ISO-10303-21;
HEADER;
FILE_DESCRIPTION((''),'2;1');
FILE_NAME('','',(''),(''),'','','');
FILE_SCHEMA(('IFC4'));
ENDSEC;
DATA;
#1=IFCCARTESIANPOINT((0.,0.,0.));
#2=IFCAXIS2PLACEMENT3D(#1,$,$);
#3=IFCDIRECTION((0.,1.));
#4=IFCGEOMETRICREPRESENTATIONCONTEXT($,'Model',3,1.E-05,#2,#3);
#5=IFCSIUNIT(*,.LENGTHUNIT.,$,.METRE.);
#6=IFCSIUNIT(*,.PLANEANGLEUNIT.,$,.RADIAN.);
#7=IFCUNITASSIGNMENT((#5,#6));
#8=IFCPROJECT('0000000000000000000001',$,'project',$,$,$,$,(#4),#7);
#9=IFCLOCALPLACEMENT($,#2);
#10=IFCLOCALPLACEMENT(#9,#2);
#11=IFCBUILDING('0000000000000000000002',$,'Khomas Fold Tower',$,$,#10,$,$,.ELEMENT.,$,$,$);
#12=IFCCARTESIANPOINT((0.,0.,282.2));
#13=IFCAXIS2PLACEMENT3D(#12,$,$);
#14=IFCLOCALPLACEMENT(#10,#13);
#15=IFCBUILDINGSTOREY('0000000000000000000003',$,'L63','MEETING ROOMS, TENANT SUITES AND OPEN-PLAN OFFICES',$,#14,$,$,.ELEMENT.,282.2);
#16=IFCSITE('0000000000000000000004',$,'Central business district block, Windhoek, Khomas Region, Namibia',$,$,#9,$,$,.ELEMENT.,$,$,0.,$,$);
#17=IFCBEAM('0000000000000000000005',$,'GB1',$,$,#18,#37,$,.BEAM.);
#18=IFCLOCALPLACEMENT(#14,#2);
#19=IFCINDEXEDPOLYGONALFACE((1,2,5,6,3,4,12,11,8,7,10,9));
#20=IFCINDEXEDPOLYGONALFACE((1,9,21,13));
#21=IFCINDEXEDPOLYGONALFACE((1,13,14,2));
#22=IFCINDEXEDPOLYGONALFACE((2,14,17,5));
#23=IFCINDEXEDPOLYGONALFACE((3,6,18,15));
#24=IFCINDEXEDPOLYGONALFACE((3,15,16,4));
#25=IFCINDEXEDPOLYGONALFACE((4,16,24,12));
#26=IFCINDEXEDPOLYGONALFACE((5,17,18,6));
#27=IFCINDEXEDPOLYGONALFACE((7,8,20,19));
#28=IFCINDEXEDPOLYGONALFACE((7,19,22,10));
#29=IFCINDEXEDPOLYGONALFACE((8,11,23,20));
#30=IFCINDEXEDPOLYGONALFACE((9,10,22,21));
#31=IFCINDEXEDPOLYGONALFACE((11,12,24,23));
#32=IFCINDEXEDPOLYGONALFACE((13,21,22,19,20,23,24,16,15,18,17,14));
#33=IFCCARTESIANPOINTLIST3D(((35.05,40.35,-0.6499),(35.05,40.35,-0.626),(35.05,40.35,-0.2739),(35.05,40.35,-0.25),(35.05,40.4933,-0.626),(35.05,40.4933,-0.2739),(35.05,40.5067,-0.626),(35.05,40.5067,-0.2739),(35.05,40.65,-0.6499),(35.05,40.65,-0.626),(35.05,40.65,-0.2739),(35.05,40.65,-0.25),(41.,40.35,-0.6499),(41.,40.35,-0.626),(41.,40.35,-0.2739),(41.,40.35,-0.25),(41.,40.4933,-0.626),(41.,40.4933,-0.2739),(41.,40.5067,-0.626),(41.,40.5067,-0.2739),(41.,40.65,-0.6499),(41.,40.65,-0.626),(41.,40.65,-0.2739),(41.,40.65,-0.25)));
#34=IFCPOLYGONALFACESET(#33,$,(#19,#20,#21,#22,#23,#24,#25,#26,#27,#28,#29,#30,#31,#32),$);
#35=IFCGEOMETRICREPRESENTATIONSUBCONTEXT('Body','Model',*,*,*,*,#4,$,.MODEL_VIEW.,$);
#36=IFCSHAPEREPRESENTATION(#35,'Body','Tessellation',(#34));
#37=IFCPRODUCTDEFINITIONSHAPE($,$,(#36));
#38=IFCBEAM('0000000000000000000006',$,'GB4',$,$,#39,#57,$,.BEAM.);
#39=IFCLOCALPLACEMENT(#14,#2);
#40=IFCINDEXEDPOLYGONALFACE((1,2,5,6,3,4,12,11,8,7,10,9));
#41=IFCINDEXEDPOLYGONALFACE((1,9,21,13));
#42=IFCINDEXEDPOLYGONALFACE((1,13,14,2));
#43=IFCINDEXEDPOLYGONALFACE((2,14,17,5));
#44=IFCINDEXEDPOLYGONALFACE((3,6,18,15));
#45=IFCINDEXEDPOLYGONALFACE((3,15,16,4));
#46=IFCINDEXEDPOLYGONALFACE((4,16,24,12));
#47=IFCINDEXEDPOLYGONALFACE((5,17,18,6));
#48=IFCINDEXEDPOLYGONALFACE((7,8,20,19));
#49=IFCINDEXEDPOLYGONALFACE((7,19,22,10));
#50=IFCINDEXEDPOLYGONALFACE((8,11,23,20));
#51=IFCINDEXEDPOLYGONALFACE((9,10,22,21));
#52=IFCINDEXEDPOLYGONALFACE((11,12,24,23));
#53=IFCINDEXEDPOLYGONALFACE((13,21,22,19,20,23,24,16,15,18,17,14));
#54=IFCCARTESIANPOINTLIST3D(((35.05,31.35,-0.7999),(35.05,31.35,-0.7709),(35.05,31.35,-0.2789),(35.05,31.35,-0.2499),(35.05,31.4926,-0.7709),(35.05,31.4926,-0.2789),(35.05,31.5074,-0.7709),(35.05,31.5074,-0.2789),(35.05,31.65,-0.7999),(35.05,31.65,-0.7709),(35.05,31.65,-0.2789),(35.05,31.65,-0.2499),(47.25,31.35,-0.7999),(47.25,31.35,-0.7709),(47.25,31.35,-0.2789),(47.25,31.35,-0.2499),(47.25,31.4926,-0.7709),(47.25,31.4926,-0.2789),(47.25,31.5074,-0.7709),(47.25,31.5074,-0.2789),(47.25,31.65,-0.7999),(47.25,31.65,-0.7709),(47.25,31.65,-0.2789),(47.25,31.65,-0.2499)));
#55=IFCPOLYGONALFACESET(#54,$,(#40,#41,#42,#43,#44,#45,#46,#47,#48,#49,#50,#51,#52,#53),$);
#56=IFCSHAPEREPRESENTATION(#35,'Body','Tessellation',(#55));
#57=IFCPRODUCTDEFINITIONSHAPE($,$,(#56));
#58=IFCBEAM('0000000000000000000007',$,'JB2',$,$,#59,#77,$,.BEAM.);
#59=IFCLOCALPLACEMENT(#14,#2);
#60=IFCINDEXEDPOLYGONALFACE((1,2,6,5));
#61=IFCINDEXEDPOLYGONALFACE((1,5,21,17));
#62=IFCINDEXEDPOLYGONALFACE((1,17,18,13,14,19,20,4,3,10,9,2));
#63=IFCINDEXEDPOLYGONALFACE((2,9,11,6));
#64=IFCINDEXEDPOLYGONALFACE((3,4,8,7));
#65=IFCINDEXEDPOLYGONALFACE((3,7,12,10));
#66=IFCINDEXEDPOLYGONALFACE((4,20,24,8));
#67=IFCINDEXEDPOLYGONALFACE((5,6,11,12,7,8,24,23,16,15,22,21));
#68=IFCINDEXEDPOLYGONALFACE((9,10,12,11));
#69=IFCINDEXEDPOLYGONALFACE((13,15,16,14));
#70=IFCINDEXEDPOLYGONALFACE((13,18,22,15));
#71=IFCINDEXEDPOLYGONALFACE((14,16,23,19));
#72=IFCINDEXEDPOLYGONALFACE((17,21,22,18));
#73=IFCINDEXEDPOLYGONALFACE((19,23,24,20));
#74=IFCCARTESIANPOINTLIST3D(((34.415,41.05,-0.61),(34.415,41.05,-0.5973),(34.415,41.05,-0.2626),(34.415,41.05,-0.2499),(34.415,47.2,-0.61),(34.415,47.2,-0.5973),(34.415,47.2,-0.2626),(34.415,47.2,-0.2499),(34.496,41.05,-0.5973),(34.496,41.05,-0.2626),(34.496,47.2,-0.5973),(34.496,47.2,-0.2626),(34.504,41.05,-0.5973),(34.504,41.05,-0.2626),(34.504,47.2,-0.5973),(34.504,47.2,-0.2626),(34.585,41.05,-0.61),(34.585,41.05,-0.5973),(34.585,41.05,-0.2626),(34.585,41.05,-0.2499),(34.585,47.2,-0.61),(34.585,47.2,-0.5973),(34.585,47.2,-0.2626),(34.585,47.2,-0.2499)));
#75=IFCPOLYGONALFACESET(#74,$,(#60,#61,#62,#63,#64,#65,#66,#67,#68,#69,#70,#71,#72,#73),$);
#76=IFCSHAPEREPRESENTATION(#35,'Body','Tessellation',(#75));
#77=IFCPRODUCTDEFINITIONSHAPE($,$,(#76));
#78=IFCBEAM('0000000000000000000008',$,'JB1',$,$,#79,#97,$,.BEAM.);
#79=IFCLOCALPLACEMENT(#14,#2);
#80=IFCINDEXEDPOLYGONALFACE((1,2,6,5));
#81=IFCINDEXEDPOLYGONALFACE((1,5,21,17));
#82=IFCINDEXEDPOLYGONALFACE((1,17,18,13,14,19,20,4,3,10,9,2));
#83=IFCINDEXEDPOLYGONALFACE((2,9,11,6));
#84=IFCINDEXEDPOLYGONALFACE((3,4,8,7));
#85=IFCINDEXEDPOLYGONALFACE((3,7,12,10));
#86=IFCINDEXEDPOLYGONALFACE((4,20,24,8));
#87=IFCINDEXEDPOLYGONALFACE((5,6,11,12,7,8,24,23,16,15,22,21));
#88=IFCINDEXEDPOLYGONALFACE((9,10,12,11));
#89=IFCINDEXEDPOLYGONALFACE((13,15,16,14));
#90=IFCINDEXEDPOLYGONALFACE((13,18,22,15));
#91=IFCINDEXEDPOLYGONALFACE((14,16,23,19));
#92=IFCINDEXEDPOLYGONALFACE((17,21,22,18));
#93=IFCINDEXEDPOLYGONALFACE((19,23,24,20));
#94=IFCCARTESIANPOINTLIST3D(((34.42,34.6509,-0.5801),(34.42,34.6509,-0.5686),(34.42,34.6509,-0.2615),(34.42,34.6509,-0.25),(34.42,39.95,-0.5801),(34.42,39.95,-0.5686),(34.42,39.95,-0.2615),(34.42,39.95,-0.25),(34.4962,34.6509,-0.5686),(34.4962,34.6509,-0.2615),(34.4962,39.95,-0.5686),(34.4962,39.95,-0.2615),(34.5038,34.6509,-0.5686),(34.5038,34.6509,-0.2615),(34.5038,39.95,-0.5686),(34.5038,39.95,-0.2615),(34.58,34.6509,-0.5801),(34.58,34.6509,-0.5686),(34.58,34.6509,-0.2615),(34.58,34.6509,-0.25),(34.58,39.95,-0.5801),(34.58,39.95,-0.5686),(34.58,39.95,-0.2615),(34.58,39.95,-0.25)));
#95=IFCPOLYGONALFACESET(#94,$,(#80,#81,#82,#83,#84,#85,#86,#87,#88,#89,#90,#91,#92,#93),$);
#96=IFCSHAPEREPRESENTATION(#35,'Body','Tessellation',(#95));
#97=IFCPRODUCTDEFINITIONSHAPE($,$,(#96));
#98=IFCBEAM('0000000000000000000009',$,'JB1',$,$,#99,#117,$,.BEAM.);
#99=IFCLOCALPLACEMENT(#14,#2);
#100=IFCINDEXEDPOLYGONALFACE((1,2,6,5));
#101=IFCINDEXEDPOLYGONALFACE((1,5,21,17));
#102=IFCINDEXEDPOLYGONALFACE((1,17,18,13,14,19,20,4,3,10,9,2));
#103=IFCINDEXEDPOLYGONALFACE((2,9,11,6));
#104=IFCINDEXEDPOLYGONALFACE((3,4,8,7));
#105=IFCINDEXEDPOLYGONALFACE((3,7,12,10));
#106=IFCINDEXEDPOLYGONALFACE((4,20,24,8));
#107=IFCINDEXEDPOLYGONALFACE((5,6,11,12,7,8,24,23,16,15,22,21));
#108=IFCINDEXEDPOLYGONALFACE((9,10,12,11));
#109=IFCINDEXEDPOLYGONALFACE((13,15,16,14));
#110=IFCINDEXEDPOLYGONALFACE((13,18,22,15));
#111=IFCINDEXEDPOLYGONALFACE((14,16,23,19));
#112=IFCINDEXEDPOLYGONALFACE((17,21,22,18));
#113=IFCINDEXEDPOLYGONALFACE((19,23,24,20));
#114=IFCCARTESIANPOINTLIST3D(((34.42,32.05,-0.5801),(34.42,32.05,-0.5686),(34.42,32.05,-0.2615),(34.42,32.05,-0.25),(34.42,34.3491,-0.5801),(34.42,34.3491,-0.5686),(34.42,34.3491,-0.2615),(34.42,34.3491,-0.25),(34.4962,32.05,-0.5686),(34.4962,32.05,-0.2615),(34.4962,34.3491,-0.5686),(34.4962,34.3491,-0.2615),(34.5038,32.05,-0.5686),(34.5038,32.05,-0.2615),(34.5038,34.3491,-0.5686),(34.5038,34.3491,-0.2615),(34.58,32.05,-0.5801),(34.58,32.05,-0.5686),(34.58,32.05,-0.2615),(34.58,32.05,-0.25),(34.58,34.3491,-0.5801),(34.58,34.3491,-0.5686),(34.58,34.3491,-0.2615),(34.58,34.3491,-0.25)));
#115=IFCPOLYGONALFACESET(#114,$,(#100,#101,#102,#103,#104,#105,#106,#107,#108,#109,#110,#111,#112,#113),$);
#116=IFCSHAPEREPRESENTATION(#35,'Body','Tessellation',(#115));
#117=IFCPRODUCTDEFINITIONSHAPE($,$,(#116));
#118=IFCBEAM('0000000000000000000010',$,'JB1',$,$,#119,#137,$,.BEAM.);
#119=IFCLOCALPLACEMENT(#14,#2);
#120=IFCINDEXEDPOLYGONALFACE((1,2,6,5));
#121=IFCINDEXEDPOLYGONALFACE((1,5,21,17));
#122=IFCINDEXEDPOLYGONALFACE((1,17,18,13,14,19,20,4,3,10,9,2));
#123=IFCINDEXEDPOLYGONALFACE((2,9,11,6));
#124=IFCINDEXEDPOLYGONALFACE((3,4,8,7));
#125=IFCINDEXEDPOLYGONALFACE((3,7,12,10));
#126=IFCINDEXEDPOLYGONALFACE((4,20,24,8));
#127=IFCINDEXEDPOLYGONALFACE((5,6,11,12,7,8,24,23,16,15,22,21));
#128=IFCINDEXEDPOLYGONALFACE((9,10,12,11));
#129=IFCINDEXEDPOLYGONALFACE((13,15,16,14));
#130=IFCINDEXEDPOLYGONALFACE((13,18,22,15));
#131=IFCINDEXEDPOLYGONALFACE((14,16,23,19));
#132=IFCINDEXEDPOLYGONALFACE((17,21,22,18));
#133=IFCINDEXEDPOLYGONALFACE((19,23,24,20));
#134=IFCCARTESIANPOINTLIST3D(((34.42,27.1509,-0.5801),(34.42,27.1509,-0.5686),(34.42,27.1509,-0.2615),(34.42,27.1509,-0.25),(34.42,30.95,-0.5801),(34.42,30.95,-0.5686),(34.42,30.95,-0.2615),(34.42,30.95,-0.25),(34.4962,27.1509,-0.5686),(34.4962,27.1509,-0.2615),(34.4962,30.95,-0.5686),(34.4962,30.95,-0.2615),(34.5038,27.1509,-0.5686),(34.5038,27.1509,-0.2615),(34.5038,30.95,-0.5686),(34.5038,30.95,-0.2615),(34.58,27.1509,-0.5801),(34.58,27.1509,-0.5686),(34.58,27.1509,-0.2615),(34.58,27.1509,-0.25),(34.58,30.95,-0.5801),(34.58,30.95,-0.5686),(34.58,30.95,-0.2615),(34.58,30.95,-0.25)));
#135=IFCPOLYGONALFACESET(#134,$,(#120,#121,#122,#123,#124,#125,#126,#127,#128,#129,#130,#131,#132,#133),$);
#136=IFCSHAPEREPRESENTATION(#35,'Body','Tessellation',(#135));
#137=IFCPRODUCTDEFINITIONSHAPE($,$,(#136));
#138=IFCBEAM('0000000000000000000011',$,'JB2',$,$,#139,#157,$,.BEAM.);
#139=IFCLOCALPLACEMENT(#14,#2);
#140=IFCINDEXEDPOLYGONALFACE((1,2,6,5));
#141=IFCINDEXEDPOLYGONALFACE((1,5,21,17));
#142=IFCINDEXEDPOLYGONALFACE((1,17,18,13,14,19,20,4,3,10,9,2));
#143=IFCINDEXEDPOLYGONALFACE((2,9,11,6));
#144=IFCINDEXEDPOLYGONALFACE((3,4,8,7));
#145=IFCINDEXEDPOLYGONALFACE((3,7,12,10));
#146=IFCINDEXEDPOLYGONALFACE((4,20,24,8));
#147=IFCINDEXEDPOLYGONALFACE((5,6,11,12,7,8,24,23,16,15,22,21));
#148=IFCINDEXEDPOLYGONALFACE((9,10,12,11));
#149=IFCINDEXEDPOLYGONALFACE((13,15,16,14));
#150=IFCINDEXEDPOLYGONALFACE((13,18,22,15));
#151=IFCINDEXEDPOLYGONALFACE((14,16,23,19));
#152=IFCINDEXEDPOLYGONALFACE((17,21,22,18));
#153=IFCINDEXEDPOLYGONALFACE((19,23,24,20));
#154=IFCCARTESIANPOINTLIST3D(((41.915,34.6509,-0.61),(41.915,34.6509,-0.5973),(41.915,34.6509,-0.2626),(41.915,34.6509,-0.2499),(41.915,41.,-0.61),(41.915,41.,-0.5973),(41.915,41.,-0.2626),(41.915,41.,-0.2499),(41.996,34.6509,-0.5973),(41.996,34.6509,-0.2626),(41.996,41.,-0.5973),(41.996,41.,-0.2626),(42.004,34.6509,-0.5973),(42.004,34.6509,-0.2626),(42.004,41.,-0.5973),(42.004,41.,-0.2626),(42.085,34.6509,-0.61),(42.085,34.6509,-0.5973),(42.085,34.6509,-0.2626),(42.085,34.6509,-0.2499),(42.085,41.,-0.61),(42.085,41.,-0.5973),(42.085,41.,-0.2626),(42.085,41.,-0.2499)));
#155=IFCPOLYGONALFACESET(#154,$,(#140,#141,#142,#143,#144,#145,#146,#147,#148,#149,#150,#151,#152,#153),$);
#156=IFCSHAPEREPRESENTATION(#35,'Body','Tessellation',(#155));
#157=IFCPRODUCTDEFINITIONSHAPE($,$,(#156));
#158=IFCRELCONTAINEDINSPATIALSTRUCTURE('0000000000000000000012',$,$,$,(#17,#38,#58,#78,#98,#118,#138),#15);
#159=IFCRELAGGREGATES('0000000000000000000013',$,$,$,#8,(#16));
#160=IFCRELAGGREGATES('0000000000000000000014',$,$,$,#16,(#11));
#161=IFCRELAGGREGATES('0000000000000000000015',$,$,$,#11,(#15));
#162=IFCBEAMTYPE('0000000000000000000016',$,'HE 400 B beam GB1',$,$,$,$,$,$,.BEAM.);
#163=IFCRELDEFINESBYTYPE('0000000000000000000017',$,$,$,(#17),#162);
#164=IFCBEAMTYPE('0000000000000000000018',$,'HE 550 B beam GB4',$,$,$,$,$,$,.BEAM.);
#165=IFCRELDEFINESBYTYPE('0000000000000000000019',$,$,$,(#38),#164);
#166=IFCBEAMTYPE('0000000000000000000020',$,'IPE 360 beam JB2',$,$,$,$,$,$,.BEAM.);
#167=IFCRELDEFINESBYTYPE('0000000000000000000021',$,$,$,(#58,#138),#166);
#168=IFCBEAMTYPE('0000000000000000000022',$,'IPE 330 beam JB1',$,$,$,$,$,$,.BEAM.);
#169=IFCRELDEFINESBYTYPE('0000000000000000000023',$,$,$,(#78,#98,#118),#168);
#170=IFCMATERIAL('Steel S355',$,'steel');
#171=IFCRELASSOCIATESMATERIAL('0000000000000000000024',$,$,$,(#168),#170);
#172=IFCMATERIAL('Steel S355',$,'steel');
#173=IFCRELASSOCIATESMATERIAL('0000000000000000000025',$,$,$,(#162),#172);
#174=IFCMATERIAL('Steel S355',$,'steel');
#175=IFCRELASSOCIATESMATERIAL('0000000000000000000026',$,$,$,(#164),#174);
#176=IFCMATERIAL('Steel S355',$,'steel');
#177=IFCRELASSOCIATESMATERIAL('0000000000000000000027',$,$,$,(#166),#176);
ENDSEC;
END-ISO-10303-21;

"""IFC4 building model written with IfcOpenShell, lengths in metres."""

from ifc_helpers import new_model, si_unit, direction, frame, origin, origin_2d, place, context, subcontext, project, spatial, i_section, extrude, source, transform, mapped, material, material_profile, profile_set, type_object, element, save


model = new_model("IFC4")

# Units and contexts
model_context = context("Model", 3, precision=1e-05, world=origin(), true_north=direction((0.0, 1.0)))
body_context = subcontext(model_context, "Body", "Model", "MODEL_VIEW")
ifc_project = project(units=[si_unit("LENGTHUNIT", "METRE"), si_unit("PLANEANGLEUNIT", "RADIAN")], contexts=[model_context])

# Site, building, storey
site_placement = place(None, origin())
site = spatial("IfcSite", under=ifc_project, at=site_placement, Name="Central business district block, Windhoek, Khomas Region, Namibia", CompositionType="ELEMENT", RefElevation=0.0)
building_placement = place(site_placement, origin())
building = spatial("IfcBuilding", under=site, at=building_placement, Name="Khomas Fold Tower", CompositionType="ELEMENT")
storey_placement = place(building_placement, frame((0.0, 0.0, 282.2)))
storey = spatial("IfcBuildingStorey", under=building, at=storey_placement, Name="L63", Description="MEETING ROOMS, TENANT SUITES AND OPEN-PLAN OFFICES", CompositionType="ELEMENT", Elevation=282.2)

# Beams
ifc_material_1 = material(Name="Steel S355", Category="steel")
ifc_material_profile_1 = material_profile(ifc_material_1, i_section(OverallWidth=0.1599, OverallDepth=0.3301, WebThickness=0.0076, FlangeThickness=0.0115, at=origin_2d()), Name="IPE 330")
ifc_profile_set_1 = profile_set([ifc_material_profile_1], Name="Steel S355")
beam_type_1 = type_object("IfcBeamType", Name="IPE 330 beam JB1", PredefinedType="BEAM", material=ifc_profile_set_1)
ifc_material_2 = material(Name="Steel S355", Category="steel")
ifc_material_profile_2 = material_profile(ifc_material_2, i_section(OverallWidth=0.3, OverallDepth=0.3999, WebThickness=0.0134, FlangeThickness=0.0239, at=origin_2d()), Name="HE 400 B")
ifc_profile_set_2 = profile_set([ifc_material_profile_2], Name="Steel S355")
beam_type_2 = type_object("IfcBeamType", Name="HE 400 B beam GB1", PredefinedType="BEAM", material=ifc_profile_set_2)
shared_shape_1 = source(origin(), body_context, "Body", "SweptSolid", [
    extrude(i_section(OverallWidth=0.3, OverallDepth=0.3999, WebThickness=0.0134, FlangeThickness=0.0239, at=origin_2d()), origin(), (0.0, 0.0, 1.0), 5.95),
])
beam_1_placement = place(storey_placement, frame((35.05, 40.5, -0.45), z_axis=(1.0, 0.0, 0.0), x_axis=(0.0, 1.0, 0.0)))
element("IfcBeam", 1, at=beam_1_placement, inside=storey, type_object=beam_type_2, Name="GB1", PredefinedType="BEAM", context=body_context, shape_type="MappedRepresentation", body=[
    mapped(shared_shape_1, transform((0.0, 0.0, 0.0))),
])
ifc_material_3 = material(Name="Steel S355", Category="steel")
ifc_material_profile_3 = material_profile(ifc_material_3, i_section(OverallWidth=0.3, OverallDepth=0.55, WebThickness=0.0149, FlangeThickness=0.0291, at=origin_2d()), Name="HE 550 B")
ifc_profile_set_3 = profile_set([ifc_material_profile_3], Name="Steel S355")
beam_type_3 = type_object("IfcBeamType", Name="HE 550 B beam GB4", PredefinedType="BEAM", material=ifc_profile_set_3)
shared_shape_2 = source(origin(), body_context, "Body", "SweptSolid", [
    extrude(i_section(OverallWidth=0.3, OverallDepth=0.55, WebThickness=0.0149, FlangeThickness=0.0291, at=origin_2d()), origin(), (0.0, 0.0, 1.0), 12.2),
])
beam_2_placement = place(storey_placement, frame((35.05, 31.5, -0.5249), z_axis=(1.0, 0.0, 0.0), x_axis=(0.0, 1.0, 0.0)))
element("IfcBeam", 2, at=beam_2_placement, inside=storey, type_object=beam_type_3, Name="GB4", PredefinedType="BEAM", context=body_context, shape_type="MappedRepresentation", body=[
    mapped(shared_shape_2, transform((0.0, 0.0, 0.0))),
])
ifc_material_4 = material(Name="Steel S355", Category="steel")
ifc_material_profile_4 = material_profile(ifc_material_4, i_section(OverallWidth=0.1699, OverallDepth=0.3601, WebThickness=0.0081, FlangeThickness=0.0127, at=origin_2d()), Name="IPE 360")
ifc_profile_set_4 = profile_set([ifc_material_profile_4], Name="Steel S355")
beam_type_4 = type_object("IfcBeamType", Name="IPE 360 beam JB2", PredefinedType="BEAM", material=ifc_profile_set_4)
shared_shape_3 = source(origin(), body_context, "Body", "SweptSolid", [
    extrude(i_section(OverallWidth=0.1699, OverallDepth=0.3601, WebThickness=0.0081, FlangeThickness=0.0127, at=origin_2d()), origin(), (0.0, 0.0, 1.0), 6.1499),
])
beam_3_placement = place(storey_placement, frame((34.5, 41.05, -0.4299), z_axis=(0.0, 1.0, 0.0), x_axis=(-1.0, 0.0, 0.0)))
element("IfcBeam", 3, at=beam_3_placement, inside=storey, type_object=beam_type_4, Name="JB2", PredefinedType="BEAM", context=body_context, shape_type="MappedRepresentation", body=[
    mapped(shared_shape_3, transform((0.0, 0.0, 0.0))),
])
shared_shape_4 = source(origin(), body_context, "Body", "SweptSolid", [
    extrude(i_section(OverallWidth=0.1599, OverallDepth=0.3301, WebThickness=0.0076, FlangeThickness=0.0115, at=origin_2d()), origin(), (0.0, 0.0, 1.0), 5.2991),
])
beam_4_placement = place(storey_placement, frame((34.5, 34.6509, -0.415), z_axis=(0.0, 1.0, 0.0), x_axis=(-1.0, 0.0, 0.0)))
element("IfcBeam", 4, at=beam_4_placement, inside=storey, type_object=beam_type_1, Name="JB1", PredefinedType="BEAM", context=body_context, shape_type="MappedRepresentation", body=[
    mapped(shared_shape_4, transform((0.0, 0.0, 0.0))),
])
shared_shape_5 = source(origin(), body_context, "Body", "SweptSolid", [
    extrude(i_section(OverallWidth=0.1599, OverallDepth=0.3301, WebThickness=0.0076, FlangeThickness=0.0115, at=origin_2d()), origin(), (0.0, 0.0, 1.0), 2.2991),
])
beam_5_placement = place(storey_placement, frame((34.5, 32.05, -0.415), z_axis=(0.0, 1.0, 0.0), x_axis=(-1.0, 0.0, 0.0)))
element("IfcBeam", 5, at=beam_5_placement, inside=storey, type_object=beam_type_1, Name="JB1", PredefinedType="BEAM", context=body_context, shape_type="MappedRepresentation", body=[
    mapped(shared_shape_5, transform((0.0, 0.0, 0.0))),
])
shared_shape_6 = source(origin(), body_context, "Body", "SweptSolid", [
    extrude(i_section(OverallWidth=0.1599, OverallDepth=0.3301, WebThickness=0.0076, FlangeThickness=0.0115, at=origin_2d()), origin(), (0.0, 0.0, 1.0), 3.7991),
])
beam_6_placement = place(storey_placement, frame((34.5, 27.1509, -0.415), z_axis=(0.0, 1.0, 0.0), x_axis=(-1.0, 0.0, 0.0)))
element("IfcBeam", 6, at=beam_6_placement, inside=storey, type_object=beam_type_1, Name="JB1", PredefinedType="BEAM", context=body_context, shape_type="MappedRepresentation", body=[
    mapped(shared_shape_6, transform((0.0, 0.0, 0.0))),
])
shared_shape_7 = source(origin(), body_context, "Body", "SweptSolid", [
    extrude(i_section(OverallWidth=0.1699, OverallDepth=0.3601, WebThickness=0.0081, FlangeThickness=0.0127, at=origin_2d()), origin(), (0.0, 0.0, 1.0), 6.3491),
])
beam_7_placement = place(storey_placement, frame((42.0, 34.6509, -0.4299), z_axis=(0.0, 1.0, 0.0), x_axis=(-1.0, 0.0, 0.0)))
element("IfcBeam", 7, at=beam_7_placement, inside=storey, type_object=beam_type_4, Name="JB2", PredefinedType="BEAM", context=body_context, shape_type="MappedRepresentation", body=[
    mapped(shared_shape_7, transform((0.0, 0.0, 0.0))),
])

save(model, "model.ifc")
